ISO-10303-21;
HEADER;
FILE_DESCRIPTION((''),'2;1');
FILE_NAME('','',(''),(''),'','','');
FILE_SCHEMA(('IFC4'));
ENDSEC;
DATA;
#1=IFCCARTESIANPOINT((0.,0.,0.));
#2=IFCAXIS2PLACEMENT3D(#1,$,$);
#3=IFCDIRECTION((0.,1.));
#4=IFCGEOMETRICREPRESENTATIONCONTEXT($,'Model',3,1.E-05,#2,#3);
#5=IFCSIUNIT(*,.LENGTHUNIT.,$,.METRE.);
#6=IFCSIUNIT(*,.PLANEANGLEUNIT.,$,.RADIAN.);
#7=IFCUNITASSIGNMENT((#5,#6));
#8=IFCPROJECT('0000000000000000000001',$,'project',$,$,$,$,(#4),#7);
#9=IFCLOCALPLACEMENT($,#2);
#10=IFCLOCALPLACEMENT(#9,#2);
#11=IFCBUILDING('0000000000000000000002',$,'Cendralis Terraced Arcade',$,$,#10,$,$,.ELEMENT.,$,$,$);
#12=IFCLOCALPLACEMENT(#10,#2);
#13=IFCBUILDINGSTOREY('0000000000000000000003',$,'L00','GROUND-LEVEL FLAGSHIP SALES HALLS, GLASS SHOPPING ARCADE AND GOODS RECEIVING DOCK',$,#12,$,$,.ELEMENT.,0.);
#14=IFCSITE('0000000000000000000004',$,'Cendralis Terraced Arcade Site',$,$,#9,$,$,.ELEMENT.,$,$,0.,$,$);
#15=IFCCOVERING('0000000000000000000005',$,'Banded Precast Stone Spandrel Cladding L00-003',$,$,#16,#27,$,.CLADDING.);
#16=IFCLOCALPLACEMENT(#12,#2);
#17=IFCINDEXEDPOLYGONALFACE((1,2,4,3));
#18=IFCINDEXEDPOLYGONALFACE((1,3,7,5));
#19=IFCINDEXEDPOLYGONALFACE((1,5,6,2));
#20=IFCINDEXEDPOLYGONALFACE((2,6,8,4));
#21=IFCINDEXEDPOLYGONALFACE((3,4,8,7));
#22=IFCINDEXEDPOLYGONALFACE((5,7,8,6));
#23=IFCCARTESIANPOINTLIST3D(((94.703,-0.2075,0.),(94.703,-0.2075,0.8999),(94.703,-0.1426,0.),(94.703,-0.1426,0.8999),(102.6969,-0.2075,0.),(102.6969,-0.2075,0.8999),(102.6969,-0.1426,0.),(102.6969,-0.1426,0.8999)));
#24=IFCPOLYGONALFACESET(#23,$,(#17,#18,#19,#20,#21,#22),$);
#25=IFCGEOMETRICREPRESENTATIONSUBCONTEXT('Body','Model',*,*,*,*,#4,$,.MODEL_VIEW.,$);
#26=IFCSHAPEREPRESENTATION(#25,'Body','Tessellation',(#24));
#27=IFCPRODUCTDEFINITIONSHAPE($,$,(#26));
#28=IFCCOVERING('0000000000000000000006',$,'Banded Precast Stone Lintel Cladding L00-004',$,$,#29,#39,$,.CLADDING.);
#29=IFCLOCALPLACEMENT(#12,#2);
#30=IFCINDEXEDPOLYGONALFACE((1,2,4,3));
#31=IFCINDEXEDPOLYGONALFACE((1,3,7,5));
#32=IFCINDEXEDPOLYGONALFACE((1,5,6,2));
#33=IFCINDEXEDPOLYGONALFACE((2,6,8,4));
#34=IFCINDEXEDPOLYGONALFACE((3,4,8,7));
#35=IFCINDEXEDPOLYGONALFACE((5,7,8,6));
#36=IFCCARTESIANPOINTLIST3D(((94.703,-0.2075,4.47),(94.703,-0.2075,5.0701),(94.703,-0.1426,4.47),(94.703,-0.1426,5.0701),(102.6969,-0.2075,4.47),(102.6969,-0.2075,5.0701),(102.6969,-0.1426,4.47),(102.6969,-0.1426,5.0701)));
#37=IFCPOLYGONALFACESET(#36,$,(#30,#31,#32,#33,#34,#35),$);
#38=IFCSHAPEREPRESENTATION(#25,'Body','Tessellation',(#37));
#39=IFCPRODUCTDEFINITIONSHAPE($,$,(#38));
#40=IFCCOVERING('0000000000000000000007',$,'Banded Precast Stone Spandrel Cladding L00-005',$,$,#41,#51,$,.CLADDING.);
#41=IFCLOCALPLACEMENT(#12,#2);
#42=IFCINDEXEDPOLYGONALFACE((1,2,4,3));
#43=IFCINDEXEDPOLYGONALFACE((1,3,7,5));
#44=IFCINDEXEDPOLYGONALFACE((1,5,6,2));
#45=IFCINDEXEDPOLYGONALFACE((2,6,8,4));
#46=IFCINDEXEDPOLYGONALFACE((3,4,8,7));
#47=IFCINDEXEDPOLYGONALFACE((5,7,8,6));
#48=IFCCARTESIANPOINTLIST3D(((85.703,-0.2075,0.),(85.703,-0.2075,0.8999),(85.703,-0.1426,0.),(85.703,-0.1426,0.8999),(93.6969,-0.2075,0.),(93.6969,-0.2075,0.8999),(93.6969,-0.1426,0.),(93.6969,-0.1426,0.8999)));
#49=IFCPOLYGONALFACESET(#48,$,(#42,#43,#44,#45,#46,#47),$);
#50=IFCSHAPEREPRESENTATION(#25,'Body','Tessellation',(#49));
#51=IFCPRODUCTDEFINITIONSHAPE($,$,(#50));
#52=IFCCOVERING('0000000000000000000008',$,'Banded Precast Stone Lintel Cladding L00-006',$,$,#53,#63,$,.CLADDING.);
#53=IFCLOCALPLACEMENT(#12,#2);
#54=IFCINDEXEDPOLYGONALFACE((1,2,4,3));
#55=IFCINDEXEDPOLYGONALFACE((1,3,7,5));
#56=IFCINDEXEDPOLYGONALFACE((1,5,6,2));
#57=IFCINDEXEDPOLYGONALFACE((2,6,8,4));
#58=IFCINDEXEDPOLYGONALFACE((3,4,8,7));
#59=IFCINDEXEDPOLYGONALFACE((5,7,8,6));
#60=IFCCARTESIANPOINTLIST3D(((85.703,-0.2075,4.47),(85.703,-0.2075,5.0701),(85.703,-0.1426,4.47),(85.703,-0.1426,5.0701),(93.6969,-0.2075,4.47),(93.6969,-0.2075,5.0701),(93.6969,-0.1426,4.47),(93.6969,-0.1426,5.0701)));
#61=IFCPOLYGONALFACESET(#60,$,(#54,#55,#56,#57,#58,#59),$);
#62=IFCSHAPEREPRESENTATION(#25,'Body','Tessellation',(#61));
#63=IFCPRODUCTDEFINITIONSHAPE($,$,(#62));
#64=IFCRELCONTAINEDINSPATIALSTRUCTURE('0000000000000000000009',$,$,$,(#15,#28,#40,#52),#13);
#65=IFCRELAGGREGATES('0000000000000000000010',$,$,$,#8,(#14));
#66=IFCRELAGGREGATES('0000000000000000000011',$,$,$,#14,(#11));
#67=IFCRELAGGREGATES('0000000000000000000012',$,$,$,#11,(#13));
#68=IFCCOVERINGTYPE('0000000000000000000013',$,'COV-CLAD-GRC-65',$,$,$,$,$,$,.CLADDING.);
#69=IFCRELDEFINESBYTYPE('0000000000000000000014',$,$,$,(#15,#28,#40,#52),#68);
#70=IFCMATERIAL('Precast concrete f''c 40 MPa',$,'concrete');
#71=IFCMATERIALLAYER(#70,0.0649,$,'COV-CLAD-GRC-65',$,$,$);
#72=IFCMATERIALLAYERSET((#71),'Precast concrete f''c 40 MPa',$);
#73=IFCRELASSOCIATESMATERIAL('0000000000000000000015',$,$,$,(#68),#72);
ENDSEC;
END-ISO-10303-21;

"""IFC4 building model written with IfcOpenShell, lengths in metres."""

from ifc_helpers import new_model, si_unit, direction, frame, origin, origin_2d, place, context, subcontext, project, spatial, rectangle, extrude, material, layer, layer_set, type_object, element, save


model = new_model("IFC4")

# Units and contexts
model_context = context("Model", 3, precision=1e-05, world=origin(), true_north=direction((0.0, 1.0)))
body_context = subcontext(model_context, "Body", "Model", "MODEL_VIEW")
ifc_project = project(units=[si_unit("LENGTHUNIT", "METRE"), si_unit("PLANEANGLEUNIT", "RADIAN")], contexts=[model_context])

# Site, building, storey
site_placement = place(None, origin())
site = spatial("IfcSite", under=ifc_project, at=site_placement, Name="Cendralis Terraced Arcade Site", CompositionType="ELEMENT", RefElevation=0.0)
building_placement = place(site_placement, origin())
building = spatial("IfcBuilding", under=site, at=building_placement, Name="Cendralis Terraced Arcade", CompositionType="ELEMENT")
storey_placement = place(building_placement, origin())
storey = spatial("IfcBuildingStorey", under=building, at=storey_placement, Name="L00", Description="GROUND-LEVEL FLAGSHIP SALES HALLS, GLASS SHOPPING ARCADE AND GOODS RECEIVING DOCK", CompositionType="ELEMENT", Elevation=0.0)

# Coverings
ifc_material_1 = material(Name="Precast concrete f'c 40 MPa", Category="concrete")
ifc_layer_1 = layer(ifc_material_1, 0.0649, Name="COV-CLAD-GRC-65")
ifc_layer_set_1 = layer_set([ifc_layer_1], Name="Precast concrete f'c 40 MPa")
covering_type = type_object("IfcCoveringType", Name="COV-CLAD-GRC-65", PredefinedType="CLADDING", material=ifc_layer_set_1)
covering_1_placement = place(storey_placement, frame((98.7, -0.175, 0.0), z_axis=(0.0, 0.0, 1.0), x_axis=(-1.0, 0.0, 0.0)))
element("IfcCovering", 1, at=covering_1_placement, inside=storey, type_object=covering_type, Name="Banded Precast Stone Spandrel Cladding L00-003", PredefinedType="CLADDING", context=body_context, shape_type="SweptSolid", body=[
    extrude(rectangle(XDim=7.9939, YDim=0.0649, at=origin_2d()), origin(), (0.0, 0.0, 1.0), 0.8999),
])
covering_2_placement = place(storey_placement, frame((98.7, -0.175, 4.47), z_axis=(0.0, 0.0, 1.0), x_axis=(-1.0, 0.0, 0.0)))
element("IfcCovering", 2, at=covering_2_placement, inside=storey, type_object=covering_type, Name="Banded Precast Stone Lintel Cladding L00-004", PredefinedType="CLADDING", context=body_context, shape_type="SweptSolid", body=[
    extrude(rectangle(XDim=7.9939, YDim=0.0649, at=origin_2d()), origin(), (0.0, 0.0, 1.0), 0.6001),
])
covering_3_placement = place(storey_placement, frame((89.7, -0.175, 0.0), z_axis=(0.0, 0.0, 1.0), x_axis=(-1.0, 0.0, 0.0)))
element("IfcCovering", 3, at=covering_3_placement, inside=storey, type_object=covering_type, Name="Banded Precast Stone Spandrel Cladding L00-005", PredefinedType="CLADDING", context=body_context, shape_type="SweptSolid", body=[
    extrude(rectangle(XDim=7.9939, YDim=0.0649, at=origin_2d()), origin(), (0.0, 0.0, 1.0), 0.8999),
])
covering_4_placement = place(storey_placement, frame((89.7, -0.175, 4.47), z_axis=(0.0, 0.0, 1.0), x_axis=(-1.0, 0.0, 0.0)))
element("IfcCovering", 4, at=covering_4_placement, inside=storey, type_object=covering_type, Name="Banded Precast Stone Lintel Cladding L00-006", PredefinedType="CLADDING", context=body_context, shape_type="SweptSolid", body=[
    extrude(rectangle(XDim=7.9939, YDim=0.0649, at=origin_2d()), origin(), (0.0, 0.0, 1.0), 0.6001),
])

save(model, "model.ifc")
